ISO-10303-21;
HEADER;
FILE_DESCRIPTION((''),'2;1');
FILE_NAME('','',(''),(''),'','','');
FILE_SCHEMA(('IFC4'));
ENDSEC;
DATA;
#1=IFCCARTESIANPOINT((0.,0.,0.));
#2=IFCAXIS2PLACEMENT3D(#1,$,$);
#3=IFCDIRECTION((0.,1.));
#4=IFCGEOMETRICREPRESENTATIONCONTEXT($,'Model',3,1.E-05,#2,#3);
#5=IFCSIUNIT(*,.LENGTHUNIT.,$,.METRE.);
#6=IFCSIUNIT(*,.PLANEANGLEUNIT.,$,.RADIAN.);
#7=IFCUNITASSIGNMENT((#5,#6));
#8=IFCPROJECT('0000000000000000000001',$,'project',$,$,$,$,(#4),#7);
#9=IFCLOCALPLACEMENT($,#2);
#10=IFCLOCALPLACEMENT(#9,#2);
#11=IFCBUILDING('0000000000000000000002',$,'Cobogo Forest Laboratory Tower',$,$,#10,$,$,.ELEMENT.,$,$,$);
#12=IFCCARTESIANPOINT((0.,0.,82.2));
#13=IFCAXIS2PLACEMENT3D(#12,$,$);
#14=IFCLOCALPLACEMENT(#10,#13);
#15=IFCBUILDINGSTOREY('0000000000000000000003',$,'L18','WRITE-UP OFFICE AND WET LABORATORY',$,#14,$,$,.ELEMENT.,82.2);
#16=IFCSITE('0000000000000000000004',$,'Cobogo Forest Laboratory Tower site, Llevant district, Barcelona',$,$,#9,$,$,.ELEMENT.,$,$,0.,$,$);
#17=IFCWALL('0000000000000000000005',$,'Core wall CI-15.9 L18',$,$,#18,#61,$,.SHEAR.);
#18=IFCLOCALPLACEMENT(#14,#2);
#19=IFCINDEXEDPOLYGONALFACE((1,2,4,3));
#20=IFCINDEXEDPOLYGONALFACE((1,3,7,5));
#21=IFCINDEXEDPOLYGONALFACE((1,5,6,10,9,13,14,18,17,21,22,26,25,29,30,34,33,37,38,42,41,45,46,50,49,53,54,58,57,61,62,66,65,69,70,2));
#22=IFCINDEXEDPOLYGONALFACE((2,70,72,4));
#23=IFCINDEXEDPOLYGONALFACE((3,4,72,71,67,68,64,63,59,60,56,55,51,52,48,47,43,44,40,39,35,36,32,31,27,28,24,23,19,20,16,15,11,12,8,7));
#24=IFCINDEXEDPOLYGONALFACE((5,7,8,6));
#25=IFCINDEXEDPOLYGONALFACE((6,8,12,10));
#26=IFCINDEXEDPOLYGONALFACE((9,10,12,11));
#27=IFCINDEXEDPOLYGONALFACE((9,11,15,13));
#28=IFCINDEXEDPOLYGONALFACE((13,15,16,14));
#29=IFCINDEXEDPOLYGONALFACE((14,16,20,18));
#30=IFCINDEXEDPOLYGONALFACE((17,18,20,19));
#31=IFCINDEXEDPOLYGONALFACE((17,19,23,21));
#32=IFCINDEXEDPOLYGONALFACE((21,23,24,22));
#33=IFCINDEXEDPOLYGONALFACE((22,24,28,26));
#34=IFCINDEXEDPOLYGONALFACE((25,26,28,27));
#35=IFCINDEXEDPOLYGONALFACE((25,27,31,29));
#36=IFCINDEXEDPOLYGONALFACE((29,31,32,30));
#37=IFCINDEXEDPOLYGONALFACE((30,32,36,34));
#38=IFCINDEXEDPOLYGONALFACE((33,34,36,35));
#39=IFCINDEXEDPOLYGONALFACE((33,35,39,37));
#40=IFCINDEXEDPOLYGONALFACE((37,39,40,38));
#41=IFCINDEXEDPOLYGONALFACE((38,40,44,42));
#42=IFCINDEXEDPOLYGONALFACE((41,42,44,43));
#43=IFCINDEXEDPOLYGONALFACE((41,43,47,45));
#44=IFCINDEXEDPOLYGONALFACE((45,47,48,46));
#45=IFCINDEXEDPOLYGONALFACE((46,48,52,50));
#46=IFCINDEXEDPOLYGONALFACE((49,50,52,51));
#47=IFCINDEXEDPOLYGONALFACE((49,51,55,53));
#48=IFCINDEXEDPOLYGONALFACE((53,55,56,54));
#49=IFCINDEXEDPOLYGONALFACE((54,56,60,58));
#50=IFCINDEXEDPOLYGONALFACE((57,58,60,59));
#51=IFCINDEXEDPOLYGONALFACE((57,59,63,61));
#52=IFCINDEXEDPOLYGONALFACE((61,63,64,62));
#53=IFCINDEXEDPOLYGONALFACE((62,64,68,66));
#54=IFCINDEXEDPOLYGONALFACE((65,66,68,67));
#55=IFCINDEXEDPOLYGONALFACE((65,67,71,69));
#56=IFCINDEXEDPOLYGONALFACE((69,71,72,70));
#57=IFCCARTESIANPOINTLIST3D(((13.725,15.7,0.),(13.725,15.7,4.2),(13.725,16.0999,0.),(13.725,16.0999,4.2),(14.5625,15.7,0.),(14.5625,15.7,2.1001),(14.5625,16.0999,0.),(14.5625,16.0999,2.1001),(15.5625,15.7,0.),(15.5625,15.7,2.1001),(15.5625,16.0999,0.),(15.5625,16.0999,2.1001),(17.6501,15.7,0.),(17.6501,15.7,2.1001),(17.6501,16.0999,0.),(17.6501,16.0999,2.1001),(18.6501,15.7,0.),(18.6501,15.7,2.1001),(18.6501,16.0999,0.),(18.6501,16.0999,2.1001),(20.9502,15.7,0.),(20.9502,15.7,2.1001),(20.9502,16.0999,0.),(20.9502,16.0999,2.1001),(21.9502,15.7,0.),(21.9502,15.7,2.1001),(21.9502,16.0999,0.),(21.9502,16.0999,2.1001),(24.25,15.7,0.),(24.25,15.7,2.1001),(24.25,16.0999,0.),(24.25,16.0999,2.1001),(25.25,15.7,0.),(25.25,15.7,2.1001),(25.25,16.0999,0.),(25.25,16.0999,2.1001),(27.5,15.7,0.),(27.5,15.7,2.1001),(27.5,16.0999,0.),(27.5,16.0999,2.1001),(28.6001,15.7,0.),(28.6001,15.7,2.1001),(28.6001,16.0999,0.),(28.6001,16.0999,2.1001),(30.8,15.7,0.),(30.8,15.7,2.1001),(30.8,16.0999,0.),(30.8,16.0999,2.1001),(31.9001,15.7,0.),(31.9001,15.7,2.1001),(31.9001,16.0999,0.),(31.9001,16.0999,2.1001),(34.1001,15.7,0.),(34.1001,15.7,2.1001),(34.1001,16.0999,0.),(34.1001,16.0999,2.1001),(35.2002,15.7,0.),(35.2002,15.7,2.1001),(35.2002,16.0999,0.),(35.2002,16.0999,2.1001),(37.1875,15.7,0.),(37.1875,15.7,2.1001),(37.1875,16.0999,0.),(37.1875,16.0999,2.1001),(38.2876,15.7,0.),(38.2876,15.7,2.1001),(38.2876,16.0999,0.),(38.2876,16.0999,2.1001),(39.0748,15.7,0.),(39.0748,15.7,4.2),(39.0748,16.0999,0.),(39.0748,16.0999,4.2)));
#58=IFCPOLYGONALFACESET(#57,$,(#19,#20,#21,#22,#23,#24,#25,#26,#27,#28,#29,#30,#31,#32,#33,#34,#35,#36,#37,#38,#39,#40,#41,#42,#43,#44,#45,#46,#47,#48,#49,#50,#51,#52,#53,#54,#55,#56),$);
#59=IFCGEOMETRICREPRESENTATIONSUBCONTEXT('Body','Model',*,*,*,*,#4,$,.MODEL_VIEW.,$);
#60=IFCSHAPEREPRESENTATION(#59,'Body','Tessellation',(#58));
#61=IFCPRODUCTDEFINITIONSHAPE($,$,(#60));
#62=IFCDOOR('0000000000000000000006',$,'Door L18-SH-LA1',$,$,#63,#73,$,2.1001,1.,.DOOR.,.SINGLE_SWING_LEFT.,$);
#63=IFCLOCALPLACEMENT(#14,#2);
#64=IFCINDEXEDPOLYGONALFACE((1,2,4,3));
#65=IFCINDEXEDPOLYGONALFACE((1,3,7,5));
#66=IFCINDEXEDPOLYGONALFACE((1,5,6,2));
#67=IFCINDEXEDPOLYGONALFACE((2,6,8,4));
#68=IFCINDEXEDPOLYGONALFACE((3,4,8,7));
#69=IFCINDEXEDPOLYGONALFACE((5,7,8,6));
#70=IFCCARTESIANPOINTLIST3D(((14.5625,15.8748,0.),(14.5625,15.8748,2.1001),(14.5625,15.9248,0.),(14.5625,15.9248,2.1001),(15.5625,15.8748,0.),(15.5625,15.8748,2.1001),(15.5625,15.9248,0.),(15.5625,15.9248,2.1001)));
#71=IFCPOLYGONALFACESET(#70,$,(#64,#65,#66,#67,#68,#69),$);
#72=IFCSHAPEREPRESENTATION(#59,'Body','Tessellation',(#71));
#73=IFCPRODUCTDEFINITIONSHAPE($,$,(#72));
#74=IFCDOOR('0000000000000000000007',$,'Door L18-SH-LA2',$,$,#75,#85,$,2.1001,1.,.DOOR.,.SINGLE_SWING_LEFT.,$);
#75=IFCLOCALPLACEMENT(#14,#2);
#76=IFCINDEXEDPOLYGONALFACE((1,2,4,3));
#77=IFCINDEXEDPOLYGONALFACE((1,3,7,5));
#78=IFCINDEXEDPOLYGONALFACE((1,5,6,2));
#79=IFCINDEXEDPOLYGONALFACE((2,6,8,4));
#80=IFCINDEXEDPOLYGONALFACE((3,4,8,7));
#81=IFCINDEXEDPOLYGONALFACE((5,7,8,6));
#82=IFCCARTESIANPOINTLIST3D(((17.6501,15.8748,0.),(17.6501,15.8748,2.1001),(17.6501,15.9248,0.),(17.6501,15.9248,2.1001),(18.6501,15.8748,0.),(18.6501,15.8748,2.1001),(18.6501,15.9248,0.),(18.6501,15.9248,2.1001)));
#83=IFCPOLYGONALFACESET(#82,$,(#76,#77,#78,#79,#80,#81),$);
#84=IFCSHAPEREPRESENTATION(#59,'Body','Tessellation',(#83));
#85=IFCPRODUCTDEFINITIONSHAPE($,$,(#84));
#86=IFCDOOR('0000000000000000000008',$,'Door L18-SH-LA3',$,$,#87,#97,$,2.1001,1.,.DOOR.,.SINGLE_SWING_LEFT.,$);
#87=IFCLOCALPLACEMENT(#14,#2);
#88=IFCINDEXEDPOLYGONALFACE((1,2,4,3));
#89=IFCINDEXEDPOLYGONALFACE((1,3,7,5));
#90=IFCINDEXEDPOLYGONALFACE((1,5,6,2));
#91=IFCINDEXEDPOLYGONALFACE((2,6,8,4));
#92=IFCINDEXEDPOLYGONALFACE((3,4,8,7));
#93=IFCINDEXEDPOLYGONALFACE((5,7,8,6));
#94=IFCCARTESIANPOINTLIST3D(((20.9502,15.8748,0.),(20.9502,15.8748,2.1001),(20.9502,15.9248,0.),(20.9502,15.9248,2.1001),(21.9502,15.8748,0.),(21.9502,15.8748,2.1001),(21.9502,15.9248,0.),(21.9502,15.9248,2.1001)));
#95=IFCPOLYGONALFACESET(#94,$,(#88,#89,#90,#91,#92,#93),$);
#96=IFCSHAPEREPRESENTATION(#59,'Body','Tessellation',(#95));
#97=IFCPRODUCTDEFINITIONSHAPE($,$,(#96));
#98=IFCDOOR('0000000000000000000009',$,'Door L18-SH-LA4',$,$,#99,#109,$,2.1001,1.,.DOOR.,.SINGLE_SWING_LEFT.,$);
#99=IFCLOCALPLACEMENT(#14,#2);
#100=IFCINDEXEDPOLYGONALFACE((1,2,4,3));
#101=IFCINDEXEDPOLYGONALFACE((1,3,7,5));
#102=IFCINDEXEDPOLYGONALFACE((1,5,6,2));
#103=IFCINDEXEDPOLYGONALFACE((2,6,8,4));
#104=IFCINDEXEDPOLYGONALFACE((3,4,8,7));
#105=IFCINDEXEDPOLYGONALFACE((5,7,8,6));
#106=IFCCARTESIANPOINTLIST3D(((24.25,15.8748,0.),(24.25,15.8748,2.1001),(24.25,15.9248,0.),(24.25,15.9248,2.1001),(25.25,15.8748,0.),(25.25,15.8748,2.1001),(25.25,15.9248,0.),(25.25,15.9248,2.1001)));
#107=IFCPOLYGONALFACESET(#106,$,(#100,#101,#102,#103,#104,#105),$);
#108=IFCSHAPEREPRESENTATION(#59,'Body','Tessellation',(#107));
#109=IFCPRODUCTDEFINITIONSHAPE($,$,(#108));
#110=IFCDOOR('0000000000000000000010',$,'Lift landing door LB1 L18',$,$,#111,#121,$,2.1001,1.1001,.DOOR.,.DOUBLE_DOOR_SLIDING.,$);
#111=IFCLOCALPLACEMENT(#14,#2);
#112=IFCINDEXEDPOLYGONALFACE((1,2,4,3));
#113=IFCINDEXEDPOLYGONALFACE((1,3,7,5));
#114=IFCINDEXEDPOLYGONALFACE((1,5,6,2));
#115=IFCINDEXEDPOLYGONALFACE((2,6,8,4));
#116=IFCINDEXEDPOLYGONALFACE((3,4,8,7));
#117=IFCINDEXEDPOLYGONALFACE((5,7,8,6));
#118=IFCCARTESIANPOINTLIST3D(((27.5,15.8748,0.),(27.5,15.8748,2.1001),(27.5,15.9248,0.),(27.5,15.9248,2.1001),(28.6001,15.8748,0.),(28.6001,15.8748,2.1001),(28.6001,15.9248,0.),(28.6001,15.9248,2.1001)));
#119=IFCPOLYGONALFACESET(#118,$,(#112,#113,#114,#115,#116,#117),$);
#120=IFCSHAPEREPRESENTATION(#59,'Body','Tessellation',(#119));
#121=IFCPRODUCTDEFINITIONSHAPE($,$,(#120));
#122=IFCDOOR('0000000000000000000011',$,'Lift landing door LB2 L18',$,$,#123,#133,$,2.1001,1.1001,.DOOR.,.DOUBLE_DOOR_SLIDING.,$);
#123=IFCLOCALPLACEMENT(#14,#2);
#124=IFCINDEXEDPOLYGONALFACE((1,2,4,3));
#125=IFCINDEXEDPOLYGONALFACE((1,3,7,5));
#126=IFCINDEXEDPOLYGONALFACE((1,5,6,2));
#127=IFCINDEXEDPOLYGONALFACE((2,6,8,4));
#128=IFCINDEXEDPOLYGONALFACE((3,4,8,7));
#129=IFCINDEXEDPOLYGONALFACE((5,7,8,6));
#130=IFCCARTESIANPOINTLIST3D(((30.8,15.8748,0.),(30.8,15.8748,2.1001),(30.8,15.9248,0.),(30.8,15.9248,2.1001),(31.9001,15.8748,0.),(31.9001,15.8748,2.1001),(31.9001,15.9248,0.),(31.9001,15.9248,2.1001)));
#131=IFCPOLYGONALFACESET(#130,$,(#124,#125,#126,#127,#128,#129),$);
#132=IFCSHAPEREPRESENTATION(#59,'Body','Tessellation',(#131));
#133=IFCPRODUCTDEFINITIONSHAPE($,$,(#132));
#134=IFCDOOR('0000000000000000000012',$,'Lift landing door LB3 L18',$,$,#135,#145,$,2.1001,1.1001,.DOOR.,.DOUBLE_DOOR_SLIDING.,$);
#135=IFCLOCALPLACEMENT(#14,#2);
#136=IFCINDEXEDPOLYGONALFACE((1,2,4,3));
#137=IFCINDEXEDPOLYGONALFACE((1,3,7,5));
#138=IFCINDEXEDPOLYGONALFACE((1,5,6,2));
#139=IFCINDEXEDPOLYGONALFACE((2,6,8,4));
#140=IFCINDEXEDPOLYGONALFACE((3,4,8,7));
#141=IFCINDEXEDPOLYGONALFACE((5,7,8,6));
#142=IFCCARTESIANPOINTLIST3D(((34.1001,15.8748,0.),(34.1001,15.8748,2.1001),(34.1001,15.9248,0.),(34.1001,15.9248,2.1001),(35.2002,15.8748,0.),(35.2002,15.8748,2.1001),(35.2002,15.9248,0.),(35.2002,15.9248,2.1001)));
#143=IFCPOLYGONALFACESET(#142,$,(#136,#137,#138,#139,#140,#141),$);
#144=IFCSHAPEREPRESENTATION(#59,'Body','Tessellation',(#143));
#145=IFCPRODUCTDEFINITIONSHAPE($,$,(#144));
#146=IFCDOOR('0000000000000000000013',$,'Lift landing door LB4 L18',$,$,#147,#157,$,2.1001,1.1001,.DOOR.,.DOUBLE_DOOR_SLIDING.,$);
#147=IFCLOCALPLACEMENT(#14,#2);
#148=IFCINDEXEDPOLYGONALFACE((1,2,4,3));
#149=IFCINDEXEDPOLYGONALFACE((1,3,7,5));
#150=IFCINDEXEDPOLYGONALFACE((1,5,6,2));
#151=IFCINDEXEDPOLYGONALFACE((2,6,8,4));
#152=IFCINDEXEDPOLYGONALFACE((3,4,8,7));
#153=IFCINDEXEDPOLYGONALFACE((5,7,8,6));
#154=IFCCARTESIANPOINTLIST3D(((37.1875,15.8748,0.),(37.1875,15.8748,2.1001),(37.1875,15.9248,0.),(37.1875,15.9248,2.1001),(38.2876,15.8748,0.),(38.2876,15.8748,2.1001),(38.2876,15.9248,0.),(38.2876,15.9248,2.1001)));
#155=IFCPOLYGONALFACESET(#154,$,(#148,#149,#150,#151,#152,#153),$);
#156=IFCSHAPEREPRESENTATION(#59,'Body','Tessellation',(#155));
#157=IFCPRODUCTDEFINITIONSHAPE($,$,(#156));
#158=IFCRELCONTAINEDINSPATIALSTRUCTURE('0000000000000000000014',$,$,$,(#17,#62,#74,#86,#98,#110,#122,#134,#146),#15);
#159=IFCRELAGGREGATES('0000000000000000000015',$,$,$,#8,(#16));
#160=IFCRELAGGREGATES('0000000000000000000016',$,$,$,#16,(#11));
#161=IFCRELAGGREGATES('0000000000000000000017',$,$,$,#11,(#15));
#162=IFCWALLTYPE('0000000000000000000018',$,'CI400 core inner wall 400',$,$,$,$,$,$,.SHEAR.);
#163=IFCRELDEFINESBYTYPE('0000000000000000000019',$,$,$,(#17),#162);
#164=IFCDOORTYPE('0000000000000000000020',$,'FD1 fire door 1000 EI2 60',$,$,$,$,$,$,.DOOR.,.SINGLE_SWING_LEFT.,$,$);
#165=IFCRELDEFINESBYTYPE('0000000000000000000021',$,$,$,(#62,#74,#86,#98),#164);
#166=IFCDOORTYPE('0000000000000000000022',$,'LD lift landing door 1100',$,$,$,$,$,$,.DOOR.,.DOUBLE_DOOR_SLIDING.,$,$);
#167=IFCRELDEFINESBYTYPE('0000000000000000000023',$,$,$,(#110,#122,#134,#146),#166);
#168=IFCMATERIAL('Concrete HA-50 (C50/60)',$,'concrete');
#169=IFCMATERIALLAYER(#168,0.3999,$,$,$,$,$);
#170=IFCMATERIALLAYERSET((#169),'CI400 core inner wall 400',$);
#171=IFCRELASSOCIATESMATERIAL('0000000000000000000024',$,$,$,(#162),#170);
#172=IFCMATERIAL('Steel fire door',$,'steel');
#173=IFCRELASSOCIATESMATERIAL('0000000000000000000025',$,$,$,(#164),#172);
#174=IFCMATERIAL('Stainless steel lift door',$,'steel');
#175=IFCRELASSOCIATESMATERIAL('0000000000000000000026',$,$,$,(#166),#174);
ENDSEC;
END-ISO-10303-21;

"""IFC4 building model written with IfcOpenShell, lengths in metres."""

from ifc_helpers import new_model, si_unit, direction, frame, frame_2d, origin, place, context, subcontext, project, spatial, rectangle, extrude, material, layer, layer_set, type_object, element, fill, save


model = new_model("IFC4")

# Units and contexts
model_context = context("Model", 3, precision=1e-05, world=origin(), true_north=direction((0.0, 1.0)))
body_context = subcontext(model_context, "Body", "Model", "MODEL_VIEW")
ifc_project = project(units=[si_unit("LENGTHUNIT", "METRE"), si_unit("PLANEANGLEUNIT", "RADIAN")], contexts=[model_context])

# Site, building, storey
site_placement = place(None, origin())
site = spatial("IfcSite", under=ifc_project, at=site_placement, Name="Cobogo Forest Laboratory Tower site, Llevant district, Barcelona", CompositionType="ELEMENT", RefElevation=0.0)
building_placement = place(site_placement, origin())
building = spatial("IfcBuilding", under=site, at=building_placement, Name="Cobogo Forest Laboratory Tower", CompositionType="ELEMENT")
storey_placement = place(building_placement, frame((0.0, 0.0, 82.2)))
storey = spatial("IfcBuildingStorey", under=building, at=storey_placement, Name="L18", Description="WRITE-UP OFFICE AND WET LABORATORY", CompositionType="ELEMENT", Elevation=82.2)

# Wall, openings, doors
ifc_material_1 = material(Name="Concrete HA-50 (C50/60)", Category="concrete")
ifc_layer = layer(ifc_material_1, 0.3999)
ifc_layer_set = layer_set([ifc_layer], Name="CI400 core inner wall 400")
wall_type = type_object("IfcWallType", Name="CI400 core inner wall 400", PredefinedType="SHEAR", material=ifc_layer_set)
wall_1_placement = place(storey_placement, frame((13.7251, 15.8999, 0.0), z_axis=(0.0, 0.0, 1.0), x_axis=(1.0, 0.0, 0.0)))
wall_1 = element("IfcWall", 1, at=wall_1_placement, inside=storey, type_object=wall_type, Name="Core wall CI-15.9 L18", PredefinedType="SHEAR", context=body_context, shape_type="SweptSolid", body=[
    extrude(rectangle(XDim=25.3499, YDim=0.3999, at=frame_2d((12.6748, 0.0))), origin(), (0.0, 0.0, 1.0), 4.2),
])
opening_1_placement = place(wall_1_placement, frame((0.8374, 0.0, 0.0)))
opening_1 = element("IfcOpeningElement", 2, at=opening_1_placement, cuts=wall_1, PredefinedType="OPENING", context=body_context, shape_type="SweptSolid", body=[
    extrude(rectangle(XDim=1.0, YDim=2.1001, at=frame_2d((0.5, 1.05))), frame((0.0, 0.21, 0.0), z_axis=(0.0, -1.0, 0.0), x_axis=(1.0, 0.0, 0.0)), (0.0, 0.0, 1.0), 0.4199),
])
opening_2_placement = place(wall_1_placement, frame((3.925, 0.0, 0.0)))
opening_2 = element("IfcOpeningElement", 3, at=opening_2_placement, cuts=wall_1, PredefinedType="OPENING", context=body_context, shape_type="SweptSolid", body=[
    extrude(rectangle(XDim=1.0, YDim=2.1001, at=frame_2d((0.5, 1.05))), frame((0.0, 0.21, 0.0), z_axis=(0.0, -1.0, 0.0), x_axis=(1.0, 0.0, 0.0)), (0.0, 0.0, 1.0), 0.4199),
])
opening_3_placement = place(wall_1_placement, frame((7.2251, 0.0, 0.0)))
opening_3 = element("IfcOpeningElement", 4, at=opening_3_placement, cuts=wall_1, PredefinedType="OPENING", context=body_context, shape_type="SweptSolid", body=[
    extrude(rectangle(XDim=1.0, YDim=2.1001, at=frame_2d((0.5, 1.05))), frame((0.0, 0.21, 0.0), z_axis=(0.0, -1.0, 0.0), x_axis=(1.0, 0.0, 0.0)), (0.0, 0.0, 1.0), 0.4199),
])
opening_4_placement = place(wall_1_placement, frame((10.5249, 0.0, 0.0)))
opening_4 = element("IfcOpeningElement", 5, at=opening_4_placement, cuts=wall_1, PredefinedType="OPENING", context=body_context, shape_type="SweptSolid", body=[
    extrude(rectangle(XDim=1.0, YDim=2.1001, at=frame_2d((0.5, 1.05))), frame((0.0, 0.21, 0.0), z_axis=(0.0, -1.0, 0.0), x_axis=(1.0, 0.0, 0.0)), (0.0, 0.0, 1.0), 0.4199),
])
opening_5_placement = place(wall_1_placement, frame((13.7749, 0.0, 0.0)))
opening_5 = element("IfcOpeningElement", 6, at=opening_5_placement, cuts=wall_1, PredefinedType="OPENING", context=body_context, shape_type="SweptSolid", body=[
    extrude(rectangle(XDim=1.1001, YDim=2.1001, at=frame_2d((0.55, 1.05))), frame((0.0, 0.21, 0.0), z_axis=(0.0, -1.0, 0.0), x_axis=(1.0, 0.0, 0.0)), (0.0, 0.0, 1.0), 0.4199),
])
opening_6_placement = place(wall_1_placement, frame((17.075, 0.0, 0.0)))
opening_6 = element("IfcOpeningElement", 7, at=opening_6_placement, cuts=wall_1, PredefinedType="OPENING", context=body_context, shape_type="SweptSolid", body=[
    extrude(rectangle(XDim=1.1001, YDim=2.1001, at=frame_2d((0.55, 1.05))), frame((0.0, 0.21, 0.0), z_axis=(0.0, -1.0, 0.0), x_axis=(1.0, 0.0, 0.0)), (0.0, 0.0, 1.0), 0.4199),
])
opening_7_placement = place(wall_1_placement, frame((20.375, 0.0, 0.0)))
opening_7 = element("IfcOpeningElement", 8, at=opening_7_placement, cuts=wall_1, PredefinedType="OPENING", context=body_context, shape_type="SweptSolid", body=[
    extrude(rectangle(XDim=1.1001, YDim=2.1001, at=frame_2d((0.55, 1.05))), frame((0.0, 0.21, 0.0), z_axis=(0.0, -1.0, 0.0), x_axis=(1.0, 0.0, 0.0)), (0.0, 0.0, 1.0), 0.4199),
])
opening_8_placement = place(wall_1_placement, frame((23.4624, 0.0, 0.0)))
opening_8 = element("IfcOpeningElement", 9, at=opening_8_placement, cuts=wall_1, PredefinedType="OPENING", context=body_context, shape_type="SweptSolid", body=[
    extrude(rectangle(XDim=1.1001, YDim=2.1001, at=frame_2d((0.55, 1.05))), frame((0.0, 0.21, 0.0), z_axis=(0.0, -1.0, 0.0), x_axis=(1.0, 0.0, 0.0)), (0.0, 0.0, 1.0), 0.4199),
])
ifc_material_2 = material(Name="Steel fire door", Category="steel")
door_type_1 = type_object("IfcDoorType", Name="FD1 fire door 1000 EI2 60", OperationType="SINGLE_SWING_LEFT", PredefinedType="DOOR", material=ifc_material_2)
door_1_placement = place(opening_1_placement, origin())
door_1 = element("IfcDoor", 10, at=door_1_placement, inside=storey, type_object=door_type_1, Name="Door L18-SH-LA1", OperationType="SINGLE_SWING_LEFT", OverallHeight=2.1001, OverallWidth=1.0, PredefinedType="DOOR", context=body_context, shape_type="SweptSolid", body=[
    extrude(rectangle(XDim=1.0, YDim=2.1001, at=frame_2d((0.5, 1.05))), frame((0.0, 0.0249, 0.0), z_axis=(0.0, -1.0, 0.0), x_axis=(1.0, 0.0, 0.0)), (0.0, 0.0, 1.0), 0.05),
])
fill(opening_1, door_1)
door_2_placement = place(opening_2_placement, origin())
door_2 = element("IfcDoor", 11, at=door_2_placement, inside=storey, type_object=door_type_1, Name="Door L18-SH-LA2", OperationType="SINGLE_SWING_LEFT", OverallHeight=2.1001, OverallWidth=1.0, PredefinedType="DOOR", context=body_context, shape_type="SweptSolid", body=[
    extrude(rectangle(XDim=1.0, YDim=2.1001, at=frame_2d((0.5, 1.05))), frame((0.0, 0.0249, 0.0), z_axis=(0.0, -1.0, 0.0), x_axis=(1.0, 0.0, 0.0)), (0.0, 0.0, 1.0), 0.05),
])
fill(opening_2, door_2)
door_3_placement = place(opening_3_placement, origin())
door_3 = element("IfcDoor", 12, at=door_3_placement, inside=storey, type_object=door_type_1, Name="Door L18-SH-LA3", OperationType="SINGLE_SWING_LEFT", OverallHeight=2.1001, OverallWidth=1.0, PredefinedType="DOOR", context=body_context, shape_type="SweptSolid", body=[
    extrude(rectangle(XDim=1.0, YDim=2.1001, at=frame_2d((0.5, 1.05))), frame((0.0, 0.0249, 0.0), z_axis=(0.0, -1.0, 0.0), x_axis=(1.0, 0.0, 0.0)), (0.0, 0.0, 1.0), 0.05),
])
fill(opening_3, door_3)
door_4_placement = place(opening_4_placement, origin())
door_4 = element("IfcDoor", 13, at=door_4_placement, inside=storey, type_object=door_type_1, Name="Door L18-SH-LA4", OperationType="SINGLE_SWING_LEFT", OverallHeight=2.1001, OverallWidth=1.0, PredefinedType="DOOR", context=body_context, shape_type="SweptSolid", body=[
    extrude(rectangle(XDim=1.0, YDim=2.1001, at=frame_2d((0.5, 1.05))), frame((0.0, 0.0249, 0.0), z_axis=(0.0, -1.0, 0.0), x_axis=(1.0, 0.0, 0.0)), (0.0, 0.0, 1.0), 0.05),
])
fill(opening_4, door_4)
ifc_material_3 = material(Name="Stainless steel lift door", Category="steel")
door_type_2 = type_object("IfcDoorType", Name="LD lift landing door 1100", OperationType="DOUBLE_DOOR_SLIDING", PredefinedType="DOOR", material=ifc_material_3)
door_5_placement = place(opening_5_placement, origin())
door_5 = element("IfcDoor", 14, at=door_5_placement, inside=storey, type_object=door_type_2, Name="Lift landing door LB1 L18", OperationType="DOUBLE_DOOR_SLIDING", OverallHeight=2.1001, OverallWidth=1.1001, PredefinedType="DOOR", context=body_context, shape_type="SweptSolid", body=[
    extrude(rectangle(XDim=1.1001, YDim=2.1001, at=frame_2d((0.55, 1.05))), frame((0.0, 0.0249, 0.0), z_axis=(0.0, -1.0, 0.0), x_axis=(1.0, 0.0, 0.0)), (0.0, 0.0, 1.0), 0.05),
])
fill(opening_5, door_5)
door_6_placement = place(opening_6_placement, origin())
door_6 = element("IfcDoor", 15, at=door_6_placement, inside=storey, type_object=door_type_2, Name="Lift landing door LB2 L18", OperationType="DOUBLE_DOOR_SLIDING", OverallHeight=2.1001, OverallWidth=1.1001, PredefinedType="DOOR", context=body_context, shape_type="SweptSolid", body=[
    extrude(rectangle(XDim=1.1001, YDim=2.1001, at=frame_2d((0.55, 1.05))), frame((0.0, 0.0249, 0.0), z_axis=(0.0, -1.0, 0.0), x_axis=(1.0, 0.0, 0.0)), (0.0, 0.0, 1.0), 0.05),
])
fill(opening_6, door_6)
door_7_placement = place(opening_7_placement, origin())
door_7 = element("IfcDoor", 16, at=door_7_placement, inside=storey, type_object=door_type_2, Name="Lift landing door LB3 L18", OperationType="DOUBLE_DOOR_SLIDING", OverallHeight=2.1001, OverallWidth=1.1001, PredefinedType="DOOR", context=body_context, shape_type="SweptSolid", body=[
    extrude(rectangle(XDim=1.1001, YDim=2.1001, at=frame_2d((0.55, 1.05))), frame((0.0, 0.0249, 0.0), z_axis=(0.0, -1.0, 0.0), x_axis=(1.0, 0.0, 0.0)), (0.0, 0.0, 1.0), 0.05),
])
fill(opening_7, door_7)
door_8_placement = place(opening_8_placement, origin())
door_8 = element("IfcDoor", 17, at=door_8_placement, inside=storey, type_object=door_type_2, Name="Lift landing door LB4 L18", OperationType="DOUBLE_DOOR_SLIDING", OverallHeight=2.1001, OverallWidth=1.1001, PredefinedType="DOOR", context=body_context, shape_type="SweptSolid", body=[
    extrude(rectangle(XDim=1.1001, YDim=2.1001, at=frame_2d((0.55, 1.05))), frame((0.0, 0.0249, 0.0), z_axis=(0.0, -1.0, 0.0), x_axis=(1.0, 0.0, 0.0)), (0.0, 0.0, 1.0), 0.05),
])
fill(opening_8, door_8)

save(model, "model.ifc")
